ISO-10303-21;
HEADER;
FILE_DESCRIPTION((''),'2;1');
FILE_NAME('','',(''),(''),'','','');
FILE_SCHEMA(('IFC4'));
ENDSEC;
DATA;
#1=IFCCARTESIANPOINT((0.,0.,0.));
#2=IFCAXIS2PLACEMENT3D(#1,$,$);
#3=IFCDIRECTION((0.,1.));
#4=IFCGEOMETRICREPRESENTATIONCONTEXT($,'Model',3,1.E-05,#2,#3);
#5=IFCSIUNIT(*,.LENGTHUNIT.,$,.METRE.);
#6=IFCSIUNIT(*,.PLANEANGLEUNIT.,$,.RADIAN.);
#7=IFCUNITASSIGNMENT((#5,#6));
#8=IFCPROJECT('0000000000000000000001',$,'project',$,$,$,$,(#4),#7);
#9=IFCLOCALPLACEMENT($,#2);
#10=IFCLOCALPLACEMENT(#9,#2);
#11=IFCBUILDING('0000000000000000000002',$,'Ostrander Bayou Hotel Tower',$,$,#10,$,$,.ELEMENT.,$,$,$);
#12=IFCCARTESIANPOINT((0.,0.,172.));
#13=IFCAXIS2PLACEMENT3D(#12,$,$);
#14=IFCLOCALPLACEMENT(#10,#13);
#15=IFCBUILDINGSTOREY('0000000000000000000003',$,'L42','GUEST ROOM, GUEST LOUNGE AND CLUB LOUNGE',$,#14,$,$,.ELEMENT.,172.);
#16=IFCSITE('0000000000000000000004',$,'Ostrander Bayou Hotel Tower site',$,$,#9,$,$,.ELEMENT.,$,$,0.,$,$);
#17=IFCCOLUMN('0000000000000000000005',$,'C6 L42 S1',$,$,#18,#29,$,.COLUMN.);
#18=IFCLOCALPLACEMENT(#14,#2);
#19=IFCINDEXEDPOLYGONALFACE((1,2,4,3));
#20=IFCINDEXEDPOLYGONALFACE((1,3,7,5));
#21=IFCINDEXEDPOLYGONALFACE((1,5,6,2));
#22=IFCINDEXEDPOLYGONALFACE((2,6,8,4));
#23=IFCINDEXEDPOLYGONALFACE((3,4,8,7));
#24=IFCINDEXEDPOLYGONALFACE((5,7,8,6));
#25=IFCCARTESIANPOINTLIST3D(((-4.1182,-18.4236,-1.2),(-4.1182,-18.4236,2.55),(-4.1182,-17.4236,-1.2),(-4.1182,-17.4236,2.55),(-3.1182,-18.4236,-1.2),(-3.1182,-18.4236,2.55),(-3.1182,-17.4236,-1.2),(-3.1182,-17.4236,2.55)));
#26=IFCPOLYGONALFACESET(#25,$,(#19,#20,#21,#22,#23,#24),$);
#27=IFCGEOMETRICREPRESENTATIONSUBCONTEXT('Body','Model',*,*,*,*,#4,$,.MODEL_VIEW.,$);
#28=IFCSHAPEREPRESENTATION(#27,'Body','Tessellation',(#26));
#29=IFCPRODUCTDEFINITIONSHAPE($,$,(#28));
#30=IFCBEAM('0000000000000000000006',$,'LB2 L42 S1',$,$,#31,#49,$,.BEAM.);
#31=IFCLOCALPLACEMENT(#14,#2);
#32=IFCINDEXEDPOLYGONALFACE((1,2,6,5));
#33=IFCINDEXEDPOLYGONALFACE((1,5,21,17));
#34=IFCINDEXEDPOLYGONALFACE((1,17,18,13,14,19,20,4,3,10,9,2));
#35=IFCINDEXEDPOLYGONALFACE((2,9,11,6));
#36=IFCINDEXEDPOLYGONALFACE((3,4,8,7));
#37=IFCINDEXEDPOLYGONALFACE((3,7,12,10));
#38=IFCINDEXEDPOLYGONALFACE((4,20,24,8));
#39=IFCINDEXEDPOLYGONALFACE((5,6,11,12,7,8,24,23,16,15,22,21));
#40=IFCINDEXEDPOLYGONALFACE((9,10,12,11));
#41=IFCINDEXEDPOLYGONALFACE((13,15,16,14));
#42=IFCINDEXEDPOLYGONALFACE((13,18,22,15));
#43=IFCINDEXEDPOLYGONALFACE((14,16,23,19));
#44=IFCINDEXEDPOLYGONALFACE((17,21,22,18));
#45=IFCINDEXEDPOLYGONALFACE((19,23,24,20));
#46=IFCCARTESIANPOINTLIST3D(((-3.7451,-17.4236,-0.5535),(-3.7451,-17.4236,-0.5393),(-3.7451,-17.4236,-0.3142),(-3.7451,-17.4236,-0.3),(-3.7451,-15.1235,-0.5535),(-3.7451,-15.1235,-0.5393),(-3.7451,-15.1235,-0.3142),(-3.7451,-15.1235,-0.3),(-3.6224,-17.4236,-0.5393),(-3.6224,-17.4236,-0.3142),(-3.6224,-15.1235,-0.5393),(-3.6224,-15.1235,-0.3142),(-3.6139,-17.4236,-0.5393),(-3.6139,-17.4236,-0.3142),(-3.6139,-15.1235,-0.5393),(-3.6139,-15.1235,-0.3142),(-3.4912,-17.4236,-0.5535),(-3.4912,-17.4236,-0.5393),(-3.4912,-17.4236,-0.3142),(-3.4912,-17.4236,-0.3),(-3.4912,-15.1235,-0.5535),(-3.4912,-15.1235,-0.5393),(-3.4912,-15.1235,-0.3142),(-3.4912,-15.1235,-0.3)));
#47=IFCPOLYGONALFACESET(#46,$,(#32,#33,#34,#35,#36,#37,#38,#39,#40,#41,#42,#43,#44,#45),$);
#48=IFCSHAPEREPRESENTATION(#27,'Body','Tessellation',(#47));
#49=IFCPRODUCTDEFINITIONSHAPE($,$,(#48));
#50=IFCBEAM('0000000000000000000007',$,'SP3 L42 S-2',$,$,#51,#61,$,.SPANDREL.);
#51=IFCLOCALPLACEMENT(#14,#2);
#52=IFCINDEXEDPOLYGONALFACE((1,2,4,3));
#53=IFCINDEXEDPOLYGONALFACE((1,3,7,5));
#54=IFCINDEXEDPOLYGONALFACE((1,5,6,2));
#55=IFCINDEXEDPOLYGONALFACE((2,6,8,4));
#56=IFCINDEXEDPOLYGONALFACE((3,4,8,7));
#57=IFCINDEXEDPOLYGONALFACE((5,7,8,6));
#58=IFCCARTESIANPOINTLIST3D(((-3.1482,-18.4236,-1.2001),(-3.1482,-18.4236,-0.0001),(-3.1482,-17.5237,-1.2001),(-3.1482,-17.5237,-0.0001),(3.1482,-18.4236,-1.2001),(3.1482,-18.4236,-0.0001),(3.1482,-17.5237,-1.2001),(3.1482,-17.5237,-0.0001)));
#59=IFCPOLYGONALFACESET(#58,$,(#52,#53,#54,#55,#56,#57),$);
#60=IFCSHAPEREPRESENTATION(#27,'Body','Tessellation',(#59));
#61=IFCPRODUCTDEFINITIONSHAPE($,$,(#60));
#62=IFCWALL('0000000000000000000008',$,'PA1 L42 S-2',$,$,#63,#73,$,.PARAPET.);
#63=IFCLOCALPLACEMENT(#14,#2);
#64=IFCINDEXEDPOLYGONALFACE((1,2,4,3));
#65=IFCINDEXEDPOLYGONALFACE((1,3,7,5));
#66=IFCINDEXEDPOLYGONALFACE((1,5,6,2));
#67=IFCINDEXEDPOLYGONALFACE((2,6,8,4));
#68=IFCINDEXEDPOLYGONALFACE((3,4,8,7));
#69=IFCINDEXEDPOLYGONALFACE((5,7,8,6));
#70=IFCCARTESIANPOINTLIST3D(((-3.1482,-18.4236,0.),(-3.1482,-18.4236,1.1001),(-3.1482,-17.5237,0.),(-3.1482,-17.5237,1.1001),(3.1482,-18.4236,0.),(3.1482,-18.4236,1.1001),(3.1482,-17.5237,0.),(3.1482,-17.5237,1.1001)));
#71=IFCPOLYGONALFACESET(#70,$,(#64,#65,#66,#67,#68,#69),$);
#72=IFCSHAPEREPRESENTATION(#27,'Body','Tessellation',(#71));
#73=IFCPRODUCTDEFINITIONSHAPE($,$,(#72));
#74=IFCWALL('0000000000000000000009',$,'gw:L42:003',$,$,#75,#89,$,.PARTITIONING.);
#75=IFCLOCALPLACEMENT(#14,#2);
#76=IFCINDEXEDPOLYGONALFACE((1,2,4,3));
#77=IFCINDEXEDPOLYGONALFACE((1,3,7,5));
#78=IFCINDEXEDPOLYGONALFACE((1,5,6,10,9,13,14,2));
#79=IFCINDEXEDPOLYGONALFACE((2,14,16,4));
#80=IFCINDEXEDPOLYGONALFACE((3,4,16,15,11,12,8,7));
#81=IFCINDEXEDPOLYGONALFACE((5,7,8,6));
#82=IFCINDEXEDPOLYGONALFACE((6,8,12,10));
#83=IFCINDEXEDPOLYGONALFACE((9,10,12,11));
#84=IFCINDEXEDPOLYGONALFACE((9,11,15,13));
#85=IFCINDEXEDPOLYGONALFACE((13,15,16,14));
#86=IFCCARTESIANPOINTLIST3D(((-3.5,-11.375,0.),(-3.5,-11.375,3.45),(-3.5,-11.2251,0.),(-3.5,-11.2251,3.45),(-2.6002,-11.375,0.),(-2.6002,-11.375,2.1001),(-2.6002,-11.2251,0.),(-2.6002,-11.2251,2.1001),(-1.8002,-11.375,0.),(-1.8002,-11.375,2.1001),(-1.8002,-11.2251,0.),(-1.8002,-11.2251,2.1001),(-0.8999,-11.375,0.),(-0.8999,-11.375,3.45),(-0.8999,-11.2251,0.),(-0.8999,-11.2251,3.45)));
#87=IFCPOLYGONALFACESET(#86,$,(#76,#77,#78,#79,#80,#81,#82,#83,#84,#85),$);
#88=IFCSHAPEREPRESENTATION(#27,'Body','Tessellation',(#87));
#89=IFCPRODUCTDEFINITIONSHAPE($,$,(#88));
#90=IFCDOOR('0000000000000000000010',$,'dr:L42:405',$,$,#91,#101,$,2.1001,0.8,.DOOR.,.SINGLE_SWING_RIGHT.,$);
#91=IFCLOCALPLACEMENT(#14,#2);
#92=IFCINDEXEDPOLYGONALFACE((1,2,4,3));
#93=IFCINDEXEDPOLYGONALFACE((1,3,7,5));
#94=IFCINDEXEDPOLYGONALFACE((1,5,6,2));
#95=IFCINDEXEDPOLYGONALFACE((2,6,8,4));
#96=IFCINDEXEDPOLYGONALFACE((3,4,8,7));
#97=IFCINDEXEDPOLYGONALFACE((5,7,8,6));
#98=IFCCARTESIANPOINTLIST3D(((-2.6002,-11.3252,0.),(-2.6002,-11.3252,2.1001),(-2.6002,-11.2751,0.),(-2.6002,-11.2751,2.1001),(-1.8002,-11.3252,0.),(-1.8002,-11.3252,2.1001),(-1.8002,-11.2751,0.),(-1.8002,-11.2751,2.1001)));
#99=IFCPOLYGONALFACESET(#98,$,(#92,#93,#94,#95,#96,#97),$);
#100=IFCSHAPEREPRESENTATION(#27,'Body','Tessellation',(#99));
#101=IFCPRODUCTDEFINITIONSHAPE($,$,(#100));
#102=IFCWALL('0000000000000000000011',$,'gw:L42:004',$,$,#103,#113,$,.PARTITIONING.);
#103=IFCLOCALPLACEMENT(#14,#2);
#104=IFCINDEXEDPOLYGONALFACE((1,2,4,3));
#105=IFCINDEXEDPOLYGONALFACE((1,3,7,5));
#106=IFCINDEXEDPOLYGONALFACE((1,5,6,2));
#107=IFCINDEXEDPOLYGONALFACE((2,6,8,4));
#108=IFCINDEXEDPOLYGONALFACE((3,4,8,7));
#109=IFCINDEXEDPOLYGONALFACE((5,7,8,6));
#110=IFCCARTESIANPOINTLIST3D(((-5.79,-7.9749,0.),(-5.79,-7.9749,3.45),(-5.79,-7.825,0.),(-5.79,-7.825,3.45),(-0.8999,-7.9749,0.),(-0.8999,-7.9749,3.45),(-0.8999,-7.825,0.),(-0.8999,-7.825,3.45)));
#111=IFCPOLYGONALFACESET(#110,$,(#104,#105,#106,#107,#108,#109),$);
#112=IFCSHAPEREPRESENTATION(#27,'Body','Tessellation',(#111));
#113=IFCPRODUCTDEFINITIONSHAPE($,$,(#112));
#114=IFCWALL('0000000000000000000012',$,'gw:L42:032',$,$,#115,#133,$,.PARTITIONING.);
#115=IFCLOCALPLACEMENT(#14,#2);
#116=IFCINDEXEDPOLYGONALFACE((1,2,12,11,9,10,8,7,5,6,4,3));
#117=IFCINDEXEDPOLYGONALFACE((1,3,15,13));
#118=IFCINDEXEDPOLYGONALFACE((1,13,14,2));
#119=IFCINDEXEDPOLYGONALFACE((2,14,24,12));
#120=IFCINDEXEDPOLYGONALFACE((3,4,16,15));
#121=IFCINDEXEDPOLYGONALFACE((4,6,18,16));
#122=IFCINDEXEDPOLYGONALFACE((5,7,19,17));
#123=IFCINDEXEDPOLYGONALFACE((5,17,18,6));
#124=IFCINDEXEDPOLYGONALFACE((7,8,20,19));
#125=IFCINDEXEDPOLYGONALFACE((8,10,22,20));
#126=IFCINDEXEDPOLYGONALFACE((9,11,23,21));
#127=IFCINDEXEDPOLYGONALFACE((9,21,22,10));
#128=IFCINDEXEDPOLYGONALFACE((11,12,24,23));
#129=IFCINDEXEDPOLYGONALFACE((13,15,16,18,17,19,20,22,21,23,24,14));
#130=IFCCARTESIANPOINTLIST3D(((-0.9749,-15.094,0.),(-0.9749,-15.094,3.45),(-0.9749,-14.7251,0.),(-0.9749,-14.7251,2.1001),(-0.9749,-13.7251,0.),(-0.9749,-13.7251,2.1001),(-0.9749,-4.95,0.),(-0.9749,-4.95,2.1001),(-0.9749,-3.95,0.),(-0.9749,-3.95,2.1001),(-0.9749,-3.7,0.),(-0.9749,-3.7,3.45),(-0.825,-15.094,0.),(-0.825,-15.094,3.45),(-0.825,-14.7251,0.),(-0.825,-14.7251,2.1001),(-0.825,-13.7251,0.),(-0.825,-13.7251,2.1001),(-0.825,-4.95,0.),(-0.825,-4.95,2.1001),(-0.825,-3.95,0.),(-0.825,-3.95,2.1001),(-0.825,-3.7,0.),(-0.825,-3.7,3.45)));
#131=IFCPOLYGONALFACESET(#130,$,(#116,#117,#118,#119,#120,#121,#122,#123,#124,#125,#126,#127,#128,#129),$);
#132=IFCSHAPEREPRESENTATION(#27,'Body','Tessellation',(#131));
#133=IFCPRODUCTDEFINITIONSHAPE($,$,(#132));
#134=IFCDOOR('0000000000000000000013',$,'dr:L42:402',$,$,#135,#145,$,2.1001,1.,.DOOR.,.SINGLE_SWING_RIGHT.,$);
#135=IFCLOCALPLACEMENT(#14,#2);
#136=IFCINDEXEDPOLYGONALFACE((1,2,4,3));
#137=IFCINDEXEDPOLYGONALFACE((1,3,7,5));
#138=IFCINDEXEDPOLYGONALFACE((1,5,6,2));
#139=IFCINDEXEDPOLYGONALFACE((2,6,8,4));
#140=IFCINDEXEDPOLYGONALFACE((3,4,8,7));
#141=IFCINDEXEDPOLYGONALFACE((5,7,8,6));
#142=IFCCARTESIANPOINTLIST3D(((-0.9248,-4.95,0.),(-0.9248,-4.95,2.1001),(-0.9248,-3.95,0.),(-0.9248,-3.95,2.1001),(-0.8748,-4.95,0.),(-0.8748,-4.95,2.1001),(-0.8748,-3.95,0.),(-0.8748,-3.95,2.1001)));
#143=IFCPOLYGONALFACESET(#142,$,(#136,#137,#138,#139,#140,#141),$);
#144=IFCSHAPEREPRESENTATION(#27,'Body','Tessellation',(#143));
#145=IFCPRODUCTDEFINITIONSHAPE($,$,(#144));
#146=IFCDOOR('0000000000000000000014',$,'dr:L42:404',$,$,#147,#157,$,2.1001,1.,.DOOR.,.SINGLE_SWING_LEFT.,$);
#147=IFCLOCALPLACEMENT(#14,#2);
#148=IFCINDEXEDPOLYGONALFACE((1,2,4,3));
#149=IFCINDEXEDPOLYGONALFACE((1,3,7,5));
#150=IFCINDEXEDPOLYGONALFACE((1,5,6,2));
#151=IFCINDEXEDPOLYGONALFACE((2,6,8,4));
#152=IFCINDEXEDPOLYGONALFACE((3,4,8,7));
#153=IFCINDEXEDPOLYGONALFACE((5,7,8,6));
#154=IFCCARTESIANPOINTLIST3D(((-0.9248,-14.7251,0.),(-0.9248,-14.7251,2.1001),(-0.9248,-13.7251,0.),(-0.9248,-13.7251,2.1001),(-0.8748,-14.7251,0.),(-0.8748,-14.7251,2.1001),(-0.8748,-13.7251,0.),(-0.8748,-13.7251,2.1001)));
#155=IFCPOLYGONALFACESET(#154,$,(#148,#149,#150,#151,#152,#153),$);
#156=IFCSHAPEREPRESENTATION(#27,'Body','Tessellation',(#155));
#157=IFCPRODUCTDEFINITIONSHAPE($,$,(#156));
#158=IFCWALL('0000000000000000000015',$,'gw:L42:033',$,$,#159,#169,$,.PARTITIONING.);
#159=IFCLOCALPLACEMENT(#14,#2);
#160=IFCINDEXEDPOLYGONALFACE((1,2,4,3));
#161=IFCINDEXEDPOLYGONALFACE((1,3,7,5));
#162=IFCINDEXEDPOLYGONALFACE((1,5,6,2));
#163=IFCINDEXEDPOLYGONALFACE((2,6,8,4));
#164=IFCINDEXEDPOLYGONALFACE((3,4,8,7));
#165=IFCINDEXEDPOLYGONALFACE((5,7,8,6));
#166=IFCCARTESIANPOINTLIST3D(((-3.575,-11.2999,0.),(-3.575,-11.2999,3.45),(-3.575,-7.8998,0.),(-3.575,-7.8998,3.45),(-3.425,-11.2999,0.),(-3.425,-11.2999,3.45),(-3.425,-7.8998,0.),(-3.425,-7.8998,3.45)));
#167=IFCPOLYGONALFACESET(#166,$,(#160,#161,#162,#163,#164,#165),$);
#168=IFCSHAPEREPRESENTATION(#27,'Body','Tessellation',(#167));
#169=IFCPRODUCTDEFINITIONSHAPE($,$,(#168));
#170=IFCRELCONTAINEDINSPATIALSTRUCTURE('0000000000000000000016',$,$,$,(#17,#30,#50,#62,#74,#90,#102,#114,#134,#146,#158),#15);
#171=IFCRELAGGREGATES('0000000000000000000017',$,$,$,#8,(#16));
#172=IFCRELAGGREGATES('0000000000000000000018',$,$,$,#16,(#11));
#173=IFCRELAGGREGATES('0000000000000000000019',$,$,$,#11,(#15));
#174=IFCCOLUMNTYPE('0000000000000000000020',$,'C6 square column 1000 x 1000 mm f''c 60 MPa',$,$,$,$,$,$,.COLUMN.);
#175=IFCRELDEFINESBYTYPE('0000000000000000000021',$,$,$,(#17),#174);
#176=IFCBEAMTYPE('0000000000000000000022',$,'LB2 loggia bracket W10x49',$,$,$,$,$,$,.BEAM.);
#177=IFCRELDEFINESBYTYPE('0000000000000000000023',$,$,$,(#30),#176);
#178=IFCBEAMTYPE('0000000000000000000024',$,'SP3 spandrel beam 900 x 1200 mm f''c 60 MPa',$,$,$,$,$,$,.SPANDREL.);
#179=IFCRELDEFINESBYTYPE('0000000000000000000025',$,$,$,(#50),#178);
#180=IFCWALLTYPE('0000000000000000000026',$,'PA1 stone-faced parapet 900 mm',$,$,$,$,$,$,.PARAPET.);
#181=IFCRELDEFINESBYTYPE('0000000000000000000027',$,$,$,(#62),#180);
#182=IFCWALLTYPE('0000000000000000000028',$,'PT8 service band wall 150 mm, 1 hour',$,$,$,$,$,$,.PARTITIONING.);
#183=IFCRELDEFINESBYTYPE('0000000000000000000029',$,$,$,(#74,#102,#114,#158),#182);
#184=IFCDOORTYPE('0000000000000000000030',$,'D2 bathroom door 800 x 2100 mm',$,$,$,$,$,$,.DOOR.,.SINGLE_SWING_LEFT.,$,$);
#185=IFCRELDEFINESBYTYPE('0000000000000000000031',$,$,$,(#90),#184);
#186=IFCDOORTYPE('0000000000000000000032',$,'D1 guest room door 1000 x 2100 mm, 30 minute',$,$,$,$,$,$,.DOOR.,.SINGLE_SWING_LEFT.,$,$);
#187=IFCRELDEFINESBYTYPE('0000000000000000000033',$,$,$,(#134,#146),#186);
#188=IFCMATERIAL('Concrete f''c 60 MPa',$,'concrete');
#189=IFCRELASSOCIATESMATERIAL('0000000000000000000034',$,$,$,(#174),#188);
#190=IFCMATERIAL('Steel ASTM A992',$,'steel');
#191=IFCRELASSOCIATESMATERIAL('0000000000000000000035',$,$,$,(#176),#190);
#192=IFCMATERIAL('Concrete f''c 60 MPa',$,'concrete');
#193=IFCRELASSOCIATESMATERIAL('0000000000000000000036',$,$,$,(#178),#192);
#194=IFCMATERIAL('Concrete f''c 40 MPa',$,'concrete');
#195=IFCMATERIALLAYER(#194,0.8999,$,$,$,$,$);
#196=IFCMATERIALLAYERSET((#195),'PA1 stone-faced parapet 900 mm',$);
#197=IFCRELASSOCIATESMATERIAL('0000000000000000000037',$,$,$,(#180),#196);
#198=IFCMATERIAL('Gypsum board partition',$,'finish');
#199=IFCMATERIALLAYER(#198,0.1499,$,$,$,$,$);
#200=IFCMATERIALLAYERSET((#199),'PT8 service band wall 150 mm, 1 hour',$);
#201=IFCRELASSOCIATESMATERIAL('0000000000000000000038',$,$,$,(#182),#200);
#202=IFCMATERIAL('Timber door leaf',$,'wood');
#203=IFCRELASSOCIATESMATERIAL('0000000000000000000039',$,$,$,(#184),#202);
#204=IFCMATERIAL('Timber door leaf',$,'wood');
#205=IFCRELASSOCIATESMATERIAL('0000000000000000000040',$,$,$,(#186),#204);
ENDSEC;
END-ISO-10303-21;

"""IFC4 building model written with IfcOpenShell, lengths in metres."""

from ifc_helpers import new_model, si_unit, direction, frame, frame_2d, origin, origin_2d, place, context, subcontext, project, spatial, rectangle, i_section, extrude, material, layer, layer_set, material_profile, profile_set, type_object, element, fill, save


model = new_model("IFC4")

# Units and contexts
model_context = context("Model", 3, precision=1e-05, world=origin(), true_north=direction((0.0, 1.0)))
body_context = subcontext(model_context, "Body", "Model", "MODEL_VIEW")
ifc_project = project(units=[si_unit("LENGTHUNIT", "METRE"), si_unit("PLANEANGLEUNIT", "RADIAN")], contexts=[model_context])

# Site, building, storey
site_placement = place(None, origin())
site = spatial("IfcSite", under=ifc_project, at=site_placement, Name="Ostrander Bayou Hotel Tower site", CompositionType="ELEMENT", RefElevation=0.0)
building_placement = place(site_placement, origin())
building = spatial("IfcBuilding", under=site, at=building_placement, Name="Ostrander Bayou Hotel Tower", CompositionType="ELEMENT")
storey_placement = place(building_placement, frame((0.0, 0.0, 172.0)))
storey = spatial("IfcBuildingStorey", under=building, at=storey_placement, Name="L42", Description="GUEST ROOM, GUEST LOUNGE AND CLUB LOUNGE", CompositionType="ELEMENT", Elevation=172.0)

# Column
ifc_material_1 = material(Name="Concrete f'c 60 MPa", Category="concrete")
ifc_material_profile_1 = material_profile(ifc_material_1, rectangle(XDim=1.0, YDim=1.0, at=origin_2d()))
ifc_profile_set_1 = profile_set([ifc_material_profile_1], Name="Concrete f'c 60 MPa")
column_type = type_object("IfcColumnType", Name="C6 square column 1000 x 1000 mm f'c 60 MPa", PredefinedType="COLUMN", material=ifc_profile_set_1)
column_placement = place(storey_placement, frame((-3.6182, -17.9236, -1.2), z_axis=(0.0, 0.0, 1.0), x_axis=(-1.0, 0.0, 0.0)))
element("IfcColumn", 1, at=column_placement, inside=storey, type_object=column_type, Name="C6 L42 S1", PredefinedType="COLUMN", context=body_context, shape_type="SweptSolid", body=[
    extrude(rectangle(XDim=1.0, YDim=1.0, at=origin_2d()), origin(), (0.0, 0.0, 1.0), 3.75),
])

# Beams
ifc_material_2 = material(Name="Steel ASTM A992", Category="steel")
ifc_material_profile_2 = material_profile(ifc_material_2, i_section(OverallWidth=0.2539, OverallDepth=0.2534, WebThickness=0.0085, FlangeThickness=0.0142, at=origin_2d()))
ifc_profile_set_2 = profile_set([ifc_material_profile_2], Name="Steel ASTM A992")
beam_type_1 = type_object("IfcBeamType", Name="LB2 loggia bracket W10x49", PredefinedType="BEAM", material=ifc_profile_set_2)
beam_1_placement = place(storey_placement, frame((-3.6182, -17.4236, -0.4268), z_axis=(0.0, 1.0, 0.0), x_axis=(-1.0, 0.0, 0.0)))
element("IfcBeam", 2, at=beam_1_placement, inside=storey, type_object=beam_type_1, Name="LB2 L42 S1", PredefinedType="BEAM", context=body_context, shape_type="SweptSolid", body=[
    extrude(i_section(OverallWidth=0.2539, OverallDepth=0.2534, WebThickness=0.0085, FlangeThickness=0.0142, at=origin_2d()), origin(), (0.0, 0.0, 1.0), 2.3),
])
ifc_material_3 = material(Name="Concrete f'c 60 MPa", Category="concrete")
ifc_material_profile_3 = material_profile(ifc_material_3, rectangle(XDim=0.8999, YDim=1.2, at=origin_2d()))
ifc_profile_set_3 = profile_set([ifc_material_profile_3], Name="Concrete f'c 60 MPa")
beam_type_2 = type_object("IfcBeamType", Name="SP3 spandrel beam 900 x 1200 mm f'c 60 MPa", PredefinedType="SPANDREL", material=ifc_profile_set_3)
beam_2_placement = place(storey_placement, frame((-3.1482, -17.9736, -0.6001), z_axis=(1.0, 0.0, 0.0), x_axis=(0.0, 1.0, 0.0)))
element("IfcBeam", 3, at=beam_2_placement, inside=storey, type_object=beam_type_2, Name="SP3 L42 S-2", PredefinedType="SPANDREL", context=body_context, shape_type="SweptSolid", body=[
    extrude(rectangle(XDim=0.8999, YDim=1.2, at=origin_2d()), origin(), (0.0, 0.0, 1.0), 6.2964),
])

# Wall
ifc_material_4 = material(Name="Concrete f'c 40 MPa", Category="concrete")
ifc_layer_1 = layer(ifc_material_4, 0.8999)
ifc_layer_set_1 = layer_set([ifc_layer_1], Name="PA1 stone-faced parapet 900 mm")
wall_type_1 = type_object("IfcWallType", Name="PA1 stone-faced parapet 900 mm", PredefinedType="PARAPET", material=ifc_layer_set_1)
wall_1_placement = place(storey_placement, frame((-3.1482, -17.9736, 0.0), z_axis=(0.0, 0.0, 1.0), x_axis=(1.0, 0.0, 0.0)))
element("IfcWall", 4, at=wall_1_placement, inside=storey, type_object=wall_type_1, Name="PA1 L42 S-2", PredefinedType="PARAPET", context=body_context, shape_type="SweptSolid", body=[
    extrude(rectangle(XDim=6.2964, YDim=0.8999, at=frame_2d((3.1482, 0.0))), origin(), (0.0, 0.0, 1.0), 1.1001),
])

# Wall, opening, door
ifc_material_5 = material(Name="Gypsum board partition", Category="finish")
ifc_layer_2 = layer(ifc_material_5, 0.1499)
ifc_layer_set_2 = layer_set([ifc_layer_2], Name="PT8 service band wall 150 mm, 1 hour")
wall_type_2 = type_object("IfcWallType", Name="PT8 service band wall 150 mm, 1 hour", PredefinedType="PARTITIONING", material=ifc_layer_set_2)
wall_2_placement = place(storey_placement, frame((-3.5, -11.3, 0.0), z_axis=(0.0, 0.0, 1.0), x_axis=(1.0, 0.0, 0.0)))
wall_2 = element("IfcWall", 5, at=wall_2_placement, inside=storey, type_object=wall_type_2, Name="gw:L42:003", PredefinedType="PARTITIONING", context=body_context, shape_type="SweptSolid", body=[
    extrude(rectangle(XDim=2.6001, YDim=0.1499, at=frame_2d((1.3, 0.0))), origin(), (0.0, 0.0, 1.0), 3.45),
])
opening_1_placement = place(wall_2_placement, frame((0.8999, 0.0, 0.0)))
opening_1 = element("IfcOpeningElement", 6, at=opening_1_placement, cuts=wall_2, PredefinedType="OPENING", context=body_context, shape_type="SweptSolid", body=[
    extrude(rectangle(XDim=0.8, YDim=2.1001, at=frame_2d((0.3999, 1.05))), frame((0.0, 0.075, 0.0), z_axis=(0.0, -1.0, 0.0), x_axis=(1.0, 0.0, 0.0)), (0.0, 0.0, 1.0), 0.1499),
])
ifc_material_6 = material(Name="Timber door leaf", Category="wood")
door_type_1 = type_object("IfcDoorType", Name="D2 bathroom door 800 x 2100 mm", OperationType="SINGLE_SWING_LEFT", PredefinedType="DOOR", material=ifc_material_6)
door_1_placement = place(opening_1_placement, origin())
door_1 = element("IfcDoor", 7, at=door_1_placement, inside=storey, type_object=door_type_1, Name="dr:L42:405", OperationType="SINGLE_SWING_RIGHT", OverallHeight=2.1001, OverallWidth=0.8, PredefinedType="DOOR", context=body_context, shape_type="SweptSolid", body=[
    extrude(rectangle(XDim=0.8, YDim=2.1001, at=frame_2d((0.3999, 1.05))), frame((0.0, 0.0249, 0.0), z_axis=(0.0, -1.0, 0.0), x_axis=(1.0, 0.0, 0.0)), (0.0, 0.0, 1.0), 0.05),
])
fill(opening_1, door_1)

# Wall
wall_3_placement = place(storey_placement, frame((-5.79, -7.8999, 0.0), z_axis=(0.0, 0.0, 1.0), x_axis=(1.0, 0.0, 0.0)))
element("IfcWall", 8, at=wall_3_placement, inside=storey, type_object=wall_type_2, Name="gw:L42:004", PredefinedType="PARTITIONING", context=body_context, shape_type="SweptSolid", body=[
    extrude(rectangle(XDim=4.8901, YDim=0.1499, at=frame_2d((2.4451, 0.0))), origin(), (0.0, 0.0, 1.0), 3.45),
])

# Wall, openings, doors
wall_4_placement = place(storey_placement, frame((-0.8999, -15.094, 0.0), z_axis=(0.0, 0.0, 1.0), x_axis=(0.0, 1.0, 0.0)))
wall_4 = element("IfcWall", 9, at=wall_4_placement, inside=storey, type_object=wall_type_2, Name="gw:L42:032", PredefinedType="PARTITIONING", context=body_context, shape_type="SweptSolid", body=[
    extrude(rectangle(XDim=11.394, YDim=0.1499, at=frame_2d((5.697, 0.0))), origin(), (0.0, 0.0, 1.0), 3.45),
])
opening_2_placement = place(wall_4_placement, frame((10.144, 0.0, 0.0)))
opening_2 = element("IfcOpeningElement", 10, at=opening_2_placement, cuts=wall_4, PredefinedType="OPENING", context=body_context, shape_type="SweptSolid", body=[
    extrude(rectangle(XDim=1.0, YDim=2.1001, at=frame_2d((0.5, 1.05))), frame((0.0, 0.075, 0.0), z_axis=(0.0, -1.0, 0.0), x_axis=(1.0, 0.0, 0.0)), (0.0, 0.0, 1.0), 0.1499),
])
opening_3_placement = place(wall_4_placement, frame((0.3689, 0.0, 0.0)))
opening_3 = element("IfcOpeningElement", 11, at=opening_3_placement, cuts=wall_4, PredefinedType="OPENING", context=body_context, shape_type="SweptSolid", body=[
    extrude(rectangle(XDim=1.0, YDim=2.1001, at=frame_2d((0.5, 1.05))), frame((0.0, 0.075, 0.0), z_axis=(0.0, -1.0, 0.0), x_axis=(1.0, 0.0, 0.0)), (0.0, 0.0, 1.0), 0.1499),
])
ifc_material_7 = material(Name="Timber door leaf", Category="wood")
door_type_2 = type_object("IfcDoorType", Name="D1 guest room door 1000 x 2100 mm, 30 minute", OperationType="SINGLE_SWING_LEFT", PredefinedType="DOOR", material=ifc_material_7)
door_2_placement = place(opening_2_placement, origin())
door_2 = element("IfcDoor", 12, at=door_2_placement, inside=storey, type_object=door_type_2, Name="dr:L42:402", OperationType="SINGLE_SWING_RIGHT", OverallHeight=2.1001, OverallWidth=1.0, PredefinedType="DOOR", context=body_context, shape_type="SweptSolid", body=[
    extrude(rectangle(XDim=1.0, YDim=2.1001, at=frame_2d((0.5, 1.05))), frame((0.0, 0.0249, 0.0), z_axis=(0.0, -1.0, 0.0), x_axis=(1.0, 0.0, 0.0)), (0.0, 0.0, 1.0), 0.05),
])
fill(opening_2, door_2)
door_3_placement = place(opening_3_placement, origin())
door_3 = element("IfcDoor", 13, at=door_3_placement, inside=storey, type_object=door_type_2, Name="dr:L42:404", OperationType="SINGLE_SWING_LEFT", OverallHeight=2.1001, OverallWidth=1.0, PredefinedType="DOOR", context=body_context, shape_type="SweptSolid", body=[
    extrude(rectangle(XDim=1.0, YDim=2.1001, at=frame_2d((0.5, 1.05))), frame((0.0, 0.0249, 0.0), z_axis=(0.0, -1.0, 0.0), x_axis=(1.0, 0.0, 0.0)), (0.0, 0.0, 1.0), 0.05),
])
fill(opening_3, door_3)

# Wall
wall_5_placement = place(storey_placement, frame((-3.5, -11.3, 0.0), z_axis=(0.0, 0.0, 1.0), x_axis=(0.0, 1.0, 0.0)))
element("IfcWall", 14, at=wall_5_placement, inside=storey, type_object=wall_type_2, Name="gw:L42:033", PredefinedType="PARTITIONING", context=body_context, shape_type="SweptSolid", body=[
    extrude(rectangle(XDim=3.4001, YDim=0.1499, at=frame_2d((1.7002, 0.0))), origin(), (0.0, 0.0, 1.0), 3.45),
])

save(model, "model.ifc")
